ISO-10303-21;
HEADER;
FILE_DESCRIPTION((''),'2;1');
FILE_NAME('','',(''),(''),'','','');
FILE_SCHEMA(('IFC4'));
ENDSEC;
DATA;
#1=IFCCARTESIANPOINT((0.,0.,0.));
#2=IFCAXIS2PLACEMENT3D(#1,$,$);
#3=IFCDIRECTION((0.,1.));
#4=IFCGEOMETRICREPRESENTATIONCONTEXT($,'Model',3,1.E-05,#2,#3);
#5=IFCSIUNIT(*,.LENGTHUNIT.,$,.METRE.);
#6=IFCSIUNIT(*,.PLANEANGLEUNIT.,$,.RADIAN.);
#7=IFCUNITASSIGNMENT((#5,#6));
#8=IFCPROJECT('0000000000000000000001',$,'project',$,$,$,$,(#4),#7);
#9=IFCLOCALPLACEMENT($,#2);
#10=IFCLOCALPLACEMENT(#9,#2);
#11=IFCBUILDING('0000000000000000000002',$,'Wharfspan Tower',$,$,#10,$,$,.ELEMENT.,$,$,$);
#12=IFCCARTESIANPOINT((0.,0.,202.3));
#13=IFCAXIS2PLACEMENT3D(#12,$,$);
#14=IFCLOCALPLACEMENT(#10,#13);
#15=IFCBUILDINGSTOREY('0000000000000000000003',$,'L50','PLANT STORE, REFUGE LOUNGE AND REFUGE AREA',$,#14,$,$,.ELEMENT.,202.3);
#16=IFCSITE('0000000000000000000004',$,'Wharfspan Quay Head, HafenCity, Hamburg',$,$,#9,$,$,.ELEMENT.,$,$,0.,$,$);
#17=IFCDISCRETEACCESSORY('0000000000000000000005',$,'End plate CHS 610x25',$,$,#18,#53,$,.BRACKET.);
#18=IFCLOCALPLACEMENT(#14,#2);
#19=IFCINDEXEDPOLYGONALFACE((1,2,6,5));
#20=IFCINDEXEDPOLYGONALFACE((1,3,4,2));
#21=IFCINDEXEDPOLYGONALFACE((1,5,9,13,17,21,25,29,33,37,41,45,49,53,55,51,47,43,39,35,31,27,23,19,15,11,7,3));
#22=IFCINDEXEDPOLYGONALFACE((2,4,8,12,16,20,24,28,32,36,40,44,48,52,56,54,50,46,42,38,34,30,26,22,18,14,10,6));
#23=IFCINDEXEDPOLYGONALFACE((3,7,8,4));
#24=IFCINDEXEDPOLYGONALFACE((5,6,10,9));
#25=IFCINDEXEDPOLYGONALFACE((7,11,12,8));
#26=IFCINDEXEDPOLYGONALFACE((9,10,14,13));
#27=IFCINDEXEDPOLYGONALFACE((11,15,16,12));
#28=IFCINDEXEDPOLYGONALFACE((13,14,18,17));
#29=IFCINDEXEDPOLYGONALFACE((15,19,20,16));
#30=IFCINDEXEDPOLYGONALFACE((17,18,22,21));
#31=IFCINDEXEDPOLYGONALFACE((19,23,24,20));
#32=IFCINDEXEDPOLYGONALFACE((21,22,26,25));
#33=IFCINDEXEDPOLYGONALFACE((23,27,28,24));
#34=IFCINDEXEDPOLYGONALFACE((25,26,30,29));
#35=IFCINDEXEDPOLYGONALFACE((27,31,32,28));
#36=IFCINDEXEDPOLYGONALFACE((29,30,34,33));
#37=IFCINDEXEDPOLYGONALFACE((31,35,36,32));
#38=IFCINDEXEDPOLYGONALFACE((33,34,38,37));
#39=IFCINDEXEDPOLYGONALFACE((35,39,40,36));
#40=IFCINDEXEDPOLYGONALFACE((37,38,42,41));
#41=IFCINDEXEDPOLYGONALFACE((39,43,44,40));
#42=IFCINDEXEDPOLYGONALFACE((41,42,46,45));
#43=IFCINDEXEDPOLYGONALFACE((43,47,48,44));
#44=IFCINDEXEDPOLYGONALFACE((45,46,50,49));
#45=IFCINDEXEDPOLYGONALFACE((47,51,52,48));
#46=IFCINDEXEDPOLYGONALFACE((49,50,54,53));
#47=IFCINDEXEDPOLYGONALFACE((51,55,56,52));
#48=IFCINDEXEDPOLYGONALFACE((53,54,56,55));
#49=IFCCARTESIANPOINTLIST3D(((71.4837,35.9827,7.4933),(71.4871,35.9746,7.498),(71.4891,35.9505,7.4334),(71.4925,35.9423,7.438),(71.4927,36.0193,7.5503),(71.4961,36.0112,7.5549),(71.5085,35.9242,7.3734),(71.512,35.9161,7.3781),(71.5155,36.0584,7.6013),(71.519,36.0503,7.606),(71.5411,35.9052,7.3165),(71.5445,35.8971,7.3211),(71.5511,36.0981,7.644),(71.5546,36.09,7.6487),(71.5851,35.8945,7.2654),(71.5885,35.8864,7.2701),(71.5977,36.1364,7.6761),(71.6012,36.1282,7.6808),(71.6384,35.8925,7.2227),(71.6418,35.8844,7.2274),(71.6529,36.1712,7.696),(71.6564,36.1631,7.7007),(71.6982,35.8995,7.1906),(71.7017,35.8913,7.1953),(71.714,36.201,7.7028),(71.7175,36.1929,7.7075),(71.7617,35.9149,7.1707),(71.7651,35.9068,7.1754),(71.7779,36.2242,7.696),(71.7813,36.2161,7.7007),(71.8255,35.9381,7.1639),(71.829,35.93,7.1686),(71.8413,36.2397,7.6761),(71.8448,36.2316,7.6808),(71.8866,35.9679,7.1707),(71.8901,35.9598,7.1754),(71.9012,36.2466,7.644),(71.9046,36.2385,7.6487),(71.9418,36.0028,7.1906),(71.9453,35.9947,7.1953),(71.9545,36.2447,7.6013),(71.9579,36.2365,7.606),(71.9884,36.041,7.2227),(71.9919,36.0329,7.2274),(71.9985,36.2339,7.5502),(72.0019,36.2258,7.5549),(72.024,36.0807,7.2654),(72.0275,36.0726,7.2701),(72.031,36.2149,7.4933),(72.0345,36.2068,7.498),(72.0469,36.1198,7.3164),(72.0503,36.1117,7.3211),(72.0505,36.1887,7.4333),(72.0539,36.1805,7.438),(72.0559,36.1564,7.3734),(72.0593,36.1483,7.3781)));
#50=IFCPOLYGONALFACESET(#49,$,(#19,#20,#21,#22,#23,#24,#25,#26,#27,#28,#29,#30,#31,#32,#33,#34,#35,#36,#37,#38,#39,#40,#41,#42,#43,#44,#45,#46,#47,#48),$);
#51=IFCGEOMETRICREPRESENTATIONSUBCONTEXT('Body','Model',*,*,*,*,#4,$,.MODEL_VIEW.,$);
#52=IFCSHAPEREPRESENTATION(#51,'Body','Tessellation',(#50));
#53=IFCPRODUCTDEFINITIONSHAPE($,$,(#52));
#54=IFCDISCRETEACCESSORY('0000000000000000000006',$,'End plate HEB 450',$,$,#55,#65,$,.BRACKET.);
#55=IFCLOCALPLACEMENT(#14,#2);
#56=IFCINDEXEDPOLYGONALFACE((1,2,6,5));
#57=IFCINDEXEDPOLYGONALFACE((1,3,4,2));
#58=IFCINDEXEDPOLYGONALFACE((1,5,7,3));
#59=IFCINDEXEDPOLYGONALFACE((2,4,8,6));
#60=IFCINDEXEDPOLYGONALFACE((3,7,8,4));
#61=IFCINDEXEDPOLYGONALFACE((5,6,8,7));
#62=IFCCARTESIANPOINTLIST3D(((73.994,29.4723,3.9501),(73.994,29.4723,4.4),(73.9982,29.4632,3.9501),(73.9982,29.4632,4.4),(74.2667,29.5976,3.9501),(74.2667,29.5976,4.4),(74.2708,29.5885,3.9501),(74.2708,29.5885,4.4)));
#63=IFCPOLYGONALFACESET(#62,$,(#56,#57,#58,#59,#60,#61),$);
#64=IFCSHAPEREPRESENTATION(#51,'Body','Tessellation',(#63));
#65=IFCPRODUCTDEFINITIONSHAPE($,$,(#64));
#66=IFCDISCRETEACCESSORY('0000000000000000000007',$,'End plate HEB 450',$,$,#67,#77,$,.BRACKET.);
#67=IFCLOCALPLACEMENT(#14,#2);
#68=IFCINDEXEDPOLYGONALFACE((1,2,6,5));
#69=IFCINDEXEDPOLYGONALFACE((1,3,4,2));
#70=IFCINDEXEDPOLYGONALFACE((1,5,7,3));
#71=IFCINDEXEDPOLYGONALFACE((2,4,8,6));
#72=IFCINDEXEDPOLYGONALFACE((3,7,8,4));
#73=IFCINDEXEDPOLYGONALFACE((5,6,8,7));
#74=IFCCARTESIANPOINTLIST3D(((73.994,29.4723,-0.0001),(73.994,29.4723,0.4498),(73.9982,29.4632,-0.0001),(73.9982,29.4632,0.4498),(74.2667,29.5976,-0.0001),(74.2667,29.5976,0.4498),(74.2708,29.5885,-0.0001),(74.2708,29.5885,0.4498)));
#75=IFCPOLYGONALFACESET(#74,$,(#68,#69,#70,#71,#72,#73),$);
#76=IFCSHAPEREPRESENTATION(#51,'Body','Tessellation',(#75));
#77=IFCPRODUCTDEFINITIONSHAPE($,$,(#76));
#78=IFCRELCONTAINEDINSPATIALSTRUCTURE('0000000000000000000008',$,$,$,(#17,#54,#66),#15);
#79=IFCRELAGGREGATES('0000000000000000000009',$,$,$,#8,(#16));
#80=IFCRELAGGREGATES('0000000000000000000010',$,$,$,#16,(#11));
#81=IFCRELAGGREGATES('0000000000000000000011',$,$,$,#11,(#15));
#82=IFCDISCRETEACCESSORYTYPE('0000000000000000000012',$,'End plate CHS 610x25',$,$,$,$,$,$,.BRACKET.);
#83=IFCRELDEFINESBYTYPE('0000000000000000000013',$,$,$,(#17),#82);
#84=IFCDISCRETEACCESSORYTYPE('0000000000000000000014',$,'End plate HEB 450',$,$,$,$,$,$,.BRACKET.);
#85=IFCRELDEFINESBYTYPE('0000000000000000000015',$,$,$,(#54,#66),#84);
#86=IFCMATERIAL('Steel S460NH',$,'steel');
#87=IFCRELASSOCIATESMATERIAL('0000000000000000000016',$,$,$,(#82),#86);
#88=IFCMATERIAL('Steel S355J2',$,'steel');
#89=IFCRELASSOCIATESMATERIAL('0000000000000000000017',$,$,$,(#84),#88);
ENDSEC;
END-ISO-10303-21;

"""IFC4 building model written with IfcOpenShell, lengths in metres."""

from ifc_helpers import new_model, si_unit, direction, frame, origin, origin_2d, place, context, subcontext, project, spatial, rectangle, circle, extrude, material, material_profile, profile_set, type_object, element, save


model = new_model("IFC4")

# Units and contexts
model_context = context("Model", 3, precision=1e-05, world=origin(), true_north=direction((0.0, 1.0)))
body_context = subcontext(model_context, "Body", "Model", "MODEL_VIEW")
ifc_project = project(units=[si_unit("LENGTHUNIT", "METRE"), si_unit("PLANEANGLEUNIT", "RADIAN")], contexts=[model_context])

# Site, building, storey
site_placement = place(None, origin())
site = spatial("IfcSite", under=ifc_project, at=site_placement, Name="Wharfspan Quay Head, HafenCity, Hamburg", CompositionType="ELEMENT", RefElevation=0.0)
building_placement = place(site_placement, origin())
building = spatial("IfcBuilding", under=site, at=building_placement, Name="Wharfspan Tower", CompositionType="ELEMENT")
storey_placement = place(building_placement, frame((0.0, 0.0, 202.3)))
storey = spatial("IfcBuildingStorey", under=building, at=storey_placement, Name="L50", Description="PLANT STORE, REFUGE LOUNGE AND REFUGE AREA", CompositionType="ELEMENT", Elevation=202.3)

# Shared definitions
ifc_material_1 = material(Name="Steel S460NH", Category="steel")

# Shared definitions
ifc_material_2 = material(Name="Steel S355J2", Category="steel")

# Discrete accessories
ifc_material_profile_1 = material_profile(ifc_material_1, circle(Radius=0.3049, at=origin_2d()))
ifc_profile_set_1 = profile_set([ifc_material_profile_1], Name="Steel S460NH")
discrete_accessory_type_1 = type_object("IfcDiscreteAccessoryType", Name="End plate CHS 610x25", PredefinedType="BRACKET", material=ifc_profile_set_1)
for number, where, z_axis, x_axis, name in (
    (1, (71.7698, 36.0696, 7.4333), (0.345075, -0.81339, 0.468316), (0.920586, 0.390551, -0.000002), "End plate CHS 610x25"),
):
    element("IfcDiscreteAccessory", number, at=place(storey_placement, frame(where, z_axis=z_axis, x_axis=x_axis)), inside=storey, type_object=discrete_accessory_type_1, Name=name, PredefinedType="BRACKET", context=body_context, shape_type="SweptSolid", body=[
        extrude(circle(Radius=0.3049, at=origin_2d()), origin(), (0.0, 0.0, 1.0), 0.01),
    ])
ifc_material_profile_2 = material_profile(ifc_material_2, rectangle(XDim=0.3, YDim=0.45, at=origin_2d()))
ifc_profile_set_2 = profile_set([ifc_material_profile_2], Name="Steel S355J2")
discrete_accessory_type_2 = type_object("IfcDiscreteAccessoryType", Name="End plate HEB 450", PredefinedType="BRACKET", material=ifc_profile_set_2)
for number, where, z_axis, x_axis, name in (
    (2, (74.1345, 29.5259, 4.175), (-0.4175, 0.908677, 0.0), (-0.908677, -0.4175, 0.0), "End plate HEB 450"),
    (3, (74.1345, 29.5259, 0.2249), (-0.4175, 0.908677, 0.0), (-0.908677, -0.4175, 0.0), "End plate HEB 450"),
):
    element("IfcDiscreteAccessory", number, at=place(storey_placement, frame(where, z_axis=z_axis, x_axis=x_axis)), inside=storey, type_object=discrete_accessory_type_2, Name=name, PredefinedType="BRACKET", context=body_context, shape_type="SweptSolid", body=[
        extrude(rectangle(XDim=0.3, YDim=0.45, at=origin_2d()), origin(), (0.0, 0.0, 1.0), 0.01),
    ])

save(model, "model.ifc")
